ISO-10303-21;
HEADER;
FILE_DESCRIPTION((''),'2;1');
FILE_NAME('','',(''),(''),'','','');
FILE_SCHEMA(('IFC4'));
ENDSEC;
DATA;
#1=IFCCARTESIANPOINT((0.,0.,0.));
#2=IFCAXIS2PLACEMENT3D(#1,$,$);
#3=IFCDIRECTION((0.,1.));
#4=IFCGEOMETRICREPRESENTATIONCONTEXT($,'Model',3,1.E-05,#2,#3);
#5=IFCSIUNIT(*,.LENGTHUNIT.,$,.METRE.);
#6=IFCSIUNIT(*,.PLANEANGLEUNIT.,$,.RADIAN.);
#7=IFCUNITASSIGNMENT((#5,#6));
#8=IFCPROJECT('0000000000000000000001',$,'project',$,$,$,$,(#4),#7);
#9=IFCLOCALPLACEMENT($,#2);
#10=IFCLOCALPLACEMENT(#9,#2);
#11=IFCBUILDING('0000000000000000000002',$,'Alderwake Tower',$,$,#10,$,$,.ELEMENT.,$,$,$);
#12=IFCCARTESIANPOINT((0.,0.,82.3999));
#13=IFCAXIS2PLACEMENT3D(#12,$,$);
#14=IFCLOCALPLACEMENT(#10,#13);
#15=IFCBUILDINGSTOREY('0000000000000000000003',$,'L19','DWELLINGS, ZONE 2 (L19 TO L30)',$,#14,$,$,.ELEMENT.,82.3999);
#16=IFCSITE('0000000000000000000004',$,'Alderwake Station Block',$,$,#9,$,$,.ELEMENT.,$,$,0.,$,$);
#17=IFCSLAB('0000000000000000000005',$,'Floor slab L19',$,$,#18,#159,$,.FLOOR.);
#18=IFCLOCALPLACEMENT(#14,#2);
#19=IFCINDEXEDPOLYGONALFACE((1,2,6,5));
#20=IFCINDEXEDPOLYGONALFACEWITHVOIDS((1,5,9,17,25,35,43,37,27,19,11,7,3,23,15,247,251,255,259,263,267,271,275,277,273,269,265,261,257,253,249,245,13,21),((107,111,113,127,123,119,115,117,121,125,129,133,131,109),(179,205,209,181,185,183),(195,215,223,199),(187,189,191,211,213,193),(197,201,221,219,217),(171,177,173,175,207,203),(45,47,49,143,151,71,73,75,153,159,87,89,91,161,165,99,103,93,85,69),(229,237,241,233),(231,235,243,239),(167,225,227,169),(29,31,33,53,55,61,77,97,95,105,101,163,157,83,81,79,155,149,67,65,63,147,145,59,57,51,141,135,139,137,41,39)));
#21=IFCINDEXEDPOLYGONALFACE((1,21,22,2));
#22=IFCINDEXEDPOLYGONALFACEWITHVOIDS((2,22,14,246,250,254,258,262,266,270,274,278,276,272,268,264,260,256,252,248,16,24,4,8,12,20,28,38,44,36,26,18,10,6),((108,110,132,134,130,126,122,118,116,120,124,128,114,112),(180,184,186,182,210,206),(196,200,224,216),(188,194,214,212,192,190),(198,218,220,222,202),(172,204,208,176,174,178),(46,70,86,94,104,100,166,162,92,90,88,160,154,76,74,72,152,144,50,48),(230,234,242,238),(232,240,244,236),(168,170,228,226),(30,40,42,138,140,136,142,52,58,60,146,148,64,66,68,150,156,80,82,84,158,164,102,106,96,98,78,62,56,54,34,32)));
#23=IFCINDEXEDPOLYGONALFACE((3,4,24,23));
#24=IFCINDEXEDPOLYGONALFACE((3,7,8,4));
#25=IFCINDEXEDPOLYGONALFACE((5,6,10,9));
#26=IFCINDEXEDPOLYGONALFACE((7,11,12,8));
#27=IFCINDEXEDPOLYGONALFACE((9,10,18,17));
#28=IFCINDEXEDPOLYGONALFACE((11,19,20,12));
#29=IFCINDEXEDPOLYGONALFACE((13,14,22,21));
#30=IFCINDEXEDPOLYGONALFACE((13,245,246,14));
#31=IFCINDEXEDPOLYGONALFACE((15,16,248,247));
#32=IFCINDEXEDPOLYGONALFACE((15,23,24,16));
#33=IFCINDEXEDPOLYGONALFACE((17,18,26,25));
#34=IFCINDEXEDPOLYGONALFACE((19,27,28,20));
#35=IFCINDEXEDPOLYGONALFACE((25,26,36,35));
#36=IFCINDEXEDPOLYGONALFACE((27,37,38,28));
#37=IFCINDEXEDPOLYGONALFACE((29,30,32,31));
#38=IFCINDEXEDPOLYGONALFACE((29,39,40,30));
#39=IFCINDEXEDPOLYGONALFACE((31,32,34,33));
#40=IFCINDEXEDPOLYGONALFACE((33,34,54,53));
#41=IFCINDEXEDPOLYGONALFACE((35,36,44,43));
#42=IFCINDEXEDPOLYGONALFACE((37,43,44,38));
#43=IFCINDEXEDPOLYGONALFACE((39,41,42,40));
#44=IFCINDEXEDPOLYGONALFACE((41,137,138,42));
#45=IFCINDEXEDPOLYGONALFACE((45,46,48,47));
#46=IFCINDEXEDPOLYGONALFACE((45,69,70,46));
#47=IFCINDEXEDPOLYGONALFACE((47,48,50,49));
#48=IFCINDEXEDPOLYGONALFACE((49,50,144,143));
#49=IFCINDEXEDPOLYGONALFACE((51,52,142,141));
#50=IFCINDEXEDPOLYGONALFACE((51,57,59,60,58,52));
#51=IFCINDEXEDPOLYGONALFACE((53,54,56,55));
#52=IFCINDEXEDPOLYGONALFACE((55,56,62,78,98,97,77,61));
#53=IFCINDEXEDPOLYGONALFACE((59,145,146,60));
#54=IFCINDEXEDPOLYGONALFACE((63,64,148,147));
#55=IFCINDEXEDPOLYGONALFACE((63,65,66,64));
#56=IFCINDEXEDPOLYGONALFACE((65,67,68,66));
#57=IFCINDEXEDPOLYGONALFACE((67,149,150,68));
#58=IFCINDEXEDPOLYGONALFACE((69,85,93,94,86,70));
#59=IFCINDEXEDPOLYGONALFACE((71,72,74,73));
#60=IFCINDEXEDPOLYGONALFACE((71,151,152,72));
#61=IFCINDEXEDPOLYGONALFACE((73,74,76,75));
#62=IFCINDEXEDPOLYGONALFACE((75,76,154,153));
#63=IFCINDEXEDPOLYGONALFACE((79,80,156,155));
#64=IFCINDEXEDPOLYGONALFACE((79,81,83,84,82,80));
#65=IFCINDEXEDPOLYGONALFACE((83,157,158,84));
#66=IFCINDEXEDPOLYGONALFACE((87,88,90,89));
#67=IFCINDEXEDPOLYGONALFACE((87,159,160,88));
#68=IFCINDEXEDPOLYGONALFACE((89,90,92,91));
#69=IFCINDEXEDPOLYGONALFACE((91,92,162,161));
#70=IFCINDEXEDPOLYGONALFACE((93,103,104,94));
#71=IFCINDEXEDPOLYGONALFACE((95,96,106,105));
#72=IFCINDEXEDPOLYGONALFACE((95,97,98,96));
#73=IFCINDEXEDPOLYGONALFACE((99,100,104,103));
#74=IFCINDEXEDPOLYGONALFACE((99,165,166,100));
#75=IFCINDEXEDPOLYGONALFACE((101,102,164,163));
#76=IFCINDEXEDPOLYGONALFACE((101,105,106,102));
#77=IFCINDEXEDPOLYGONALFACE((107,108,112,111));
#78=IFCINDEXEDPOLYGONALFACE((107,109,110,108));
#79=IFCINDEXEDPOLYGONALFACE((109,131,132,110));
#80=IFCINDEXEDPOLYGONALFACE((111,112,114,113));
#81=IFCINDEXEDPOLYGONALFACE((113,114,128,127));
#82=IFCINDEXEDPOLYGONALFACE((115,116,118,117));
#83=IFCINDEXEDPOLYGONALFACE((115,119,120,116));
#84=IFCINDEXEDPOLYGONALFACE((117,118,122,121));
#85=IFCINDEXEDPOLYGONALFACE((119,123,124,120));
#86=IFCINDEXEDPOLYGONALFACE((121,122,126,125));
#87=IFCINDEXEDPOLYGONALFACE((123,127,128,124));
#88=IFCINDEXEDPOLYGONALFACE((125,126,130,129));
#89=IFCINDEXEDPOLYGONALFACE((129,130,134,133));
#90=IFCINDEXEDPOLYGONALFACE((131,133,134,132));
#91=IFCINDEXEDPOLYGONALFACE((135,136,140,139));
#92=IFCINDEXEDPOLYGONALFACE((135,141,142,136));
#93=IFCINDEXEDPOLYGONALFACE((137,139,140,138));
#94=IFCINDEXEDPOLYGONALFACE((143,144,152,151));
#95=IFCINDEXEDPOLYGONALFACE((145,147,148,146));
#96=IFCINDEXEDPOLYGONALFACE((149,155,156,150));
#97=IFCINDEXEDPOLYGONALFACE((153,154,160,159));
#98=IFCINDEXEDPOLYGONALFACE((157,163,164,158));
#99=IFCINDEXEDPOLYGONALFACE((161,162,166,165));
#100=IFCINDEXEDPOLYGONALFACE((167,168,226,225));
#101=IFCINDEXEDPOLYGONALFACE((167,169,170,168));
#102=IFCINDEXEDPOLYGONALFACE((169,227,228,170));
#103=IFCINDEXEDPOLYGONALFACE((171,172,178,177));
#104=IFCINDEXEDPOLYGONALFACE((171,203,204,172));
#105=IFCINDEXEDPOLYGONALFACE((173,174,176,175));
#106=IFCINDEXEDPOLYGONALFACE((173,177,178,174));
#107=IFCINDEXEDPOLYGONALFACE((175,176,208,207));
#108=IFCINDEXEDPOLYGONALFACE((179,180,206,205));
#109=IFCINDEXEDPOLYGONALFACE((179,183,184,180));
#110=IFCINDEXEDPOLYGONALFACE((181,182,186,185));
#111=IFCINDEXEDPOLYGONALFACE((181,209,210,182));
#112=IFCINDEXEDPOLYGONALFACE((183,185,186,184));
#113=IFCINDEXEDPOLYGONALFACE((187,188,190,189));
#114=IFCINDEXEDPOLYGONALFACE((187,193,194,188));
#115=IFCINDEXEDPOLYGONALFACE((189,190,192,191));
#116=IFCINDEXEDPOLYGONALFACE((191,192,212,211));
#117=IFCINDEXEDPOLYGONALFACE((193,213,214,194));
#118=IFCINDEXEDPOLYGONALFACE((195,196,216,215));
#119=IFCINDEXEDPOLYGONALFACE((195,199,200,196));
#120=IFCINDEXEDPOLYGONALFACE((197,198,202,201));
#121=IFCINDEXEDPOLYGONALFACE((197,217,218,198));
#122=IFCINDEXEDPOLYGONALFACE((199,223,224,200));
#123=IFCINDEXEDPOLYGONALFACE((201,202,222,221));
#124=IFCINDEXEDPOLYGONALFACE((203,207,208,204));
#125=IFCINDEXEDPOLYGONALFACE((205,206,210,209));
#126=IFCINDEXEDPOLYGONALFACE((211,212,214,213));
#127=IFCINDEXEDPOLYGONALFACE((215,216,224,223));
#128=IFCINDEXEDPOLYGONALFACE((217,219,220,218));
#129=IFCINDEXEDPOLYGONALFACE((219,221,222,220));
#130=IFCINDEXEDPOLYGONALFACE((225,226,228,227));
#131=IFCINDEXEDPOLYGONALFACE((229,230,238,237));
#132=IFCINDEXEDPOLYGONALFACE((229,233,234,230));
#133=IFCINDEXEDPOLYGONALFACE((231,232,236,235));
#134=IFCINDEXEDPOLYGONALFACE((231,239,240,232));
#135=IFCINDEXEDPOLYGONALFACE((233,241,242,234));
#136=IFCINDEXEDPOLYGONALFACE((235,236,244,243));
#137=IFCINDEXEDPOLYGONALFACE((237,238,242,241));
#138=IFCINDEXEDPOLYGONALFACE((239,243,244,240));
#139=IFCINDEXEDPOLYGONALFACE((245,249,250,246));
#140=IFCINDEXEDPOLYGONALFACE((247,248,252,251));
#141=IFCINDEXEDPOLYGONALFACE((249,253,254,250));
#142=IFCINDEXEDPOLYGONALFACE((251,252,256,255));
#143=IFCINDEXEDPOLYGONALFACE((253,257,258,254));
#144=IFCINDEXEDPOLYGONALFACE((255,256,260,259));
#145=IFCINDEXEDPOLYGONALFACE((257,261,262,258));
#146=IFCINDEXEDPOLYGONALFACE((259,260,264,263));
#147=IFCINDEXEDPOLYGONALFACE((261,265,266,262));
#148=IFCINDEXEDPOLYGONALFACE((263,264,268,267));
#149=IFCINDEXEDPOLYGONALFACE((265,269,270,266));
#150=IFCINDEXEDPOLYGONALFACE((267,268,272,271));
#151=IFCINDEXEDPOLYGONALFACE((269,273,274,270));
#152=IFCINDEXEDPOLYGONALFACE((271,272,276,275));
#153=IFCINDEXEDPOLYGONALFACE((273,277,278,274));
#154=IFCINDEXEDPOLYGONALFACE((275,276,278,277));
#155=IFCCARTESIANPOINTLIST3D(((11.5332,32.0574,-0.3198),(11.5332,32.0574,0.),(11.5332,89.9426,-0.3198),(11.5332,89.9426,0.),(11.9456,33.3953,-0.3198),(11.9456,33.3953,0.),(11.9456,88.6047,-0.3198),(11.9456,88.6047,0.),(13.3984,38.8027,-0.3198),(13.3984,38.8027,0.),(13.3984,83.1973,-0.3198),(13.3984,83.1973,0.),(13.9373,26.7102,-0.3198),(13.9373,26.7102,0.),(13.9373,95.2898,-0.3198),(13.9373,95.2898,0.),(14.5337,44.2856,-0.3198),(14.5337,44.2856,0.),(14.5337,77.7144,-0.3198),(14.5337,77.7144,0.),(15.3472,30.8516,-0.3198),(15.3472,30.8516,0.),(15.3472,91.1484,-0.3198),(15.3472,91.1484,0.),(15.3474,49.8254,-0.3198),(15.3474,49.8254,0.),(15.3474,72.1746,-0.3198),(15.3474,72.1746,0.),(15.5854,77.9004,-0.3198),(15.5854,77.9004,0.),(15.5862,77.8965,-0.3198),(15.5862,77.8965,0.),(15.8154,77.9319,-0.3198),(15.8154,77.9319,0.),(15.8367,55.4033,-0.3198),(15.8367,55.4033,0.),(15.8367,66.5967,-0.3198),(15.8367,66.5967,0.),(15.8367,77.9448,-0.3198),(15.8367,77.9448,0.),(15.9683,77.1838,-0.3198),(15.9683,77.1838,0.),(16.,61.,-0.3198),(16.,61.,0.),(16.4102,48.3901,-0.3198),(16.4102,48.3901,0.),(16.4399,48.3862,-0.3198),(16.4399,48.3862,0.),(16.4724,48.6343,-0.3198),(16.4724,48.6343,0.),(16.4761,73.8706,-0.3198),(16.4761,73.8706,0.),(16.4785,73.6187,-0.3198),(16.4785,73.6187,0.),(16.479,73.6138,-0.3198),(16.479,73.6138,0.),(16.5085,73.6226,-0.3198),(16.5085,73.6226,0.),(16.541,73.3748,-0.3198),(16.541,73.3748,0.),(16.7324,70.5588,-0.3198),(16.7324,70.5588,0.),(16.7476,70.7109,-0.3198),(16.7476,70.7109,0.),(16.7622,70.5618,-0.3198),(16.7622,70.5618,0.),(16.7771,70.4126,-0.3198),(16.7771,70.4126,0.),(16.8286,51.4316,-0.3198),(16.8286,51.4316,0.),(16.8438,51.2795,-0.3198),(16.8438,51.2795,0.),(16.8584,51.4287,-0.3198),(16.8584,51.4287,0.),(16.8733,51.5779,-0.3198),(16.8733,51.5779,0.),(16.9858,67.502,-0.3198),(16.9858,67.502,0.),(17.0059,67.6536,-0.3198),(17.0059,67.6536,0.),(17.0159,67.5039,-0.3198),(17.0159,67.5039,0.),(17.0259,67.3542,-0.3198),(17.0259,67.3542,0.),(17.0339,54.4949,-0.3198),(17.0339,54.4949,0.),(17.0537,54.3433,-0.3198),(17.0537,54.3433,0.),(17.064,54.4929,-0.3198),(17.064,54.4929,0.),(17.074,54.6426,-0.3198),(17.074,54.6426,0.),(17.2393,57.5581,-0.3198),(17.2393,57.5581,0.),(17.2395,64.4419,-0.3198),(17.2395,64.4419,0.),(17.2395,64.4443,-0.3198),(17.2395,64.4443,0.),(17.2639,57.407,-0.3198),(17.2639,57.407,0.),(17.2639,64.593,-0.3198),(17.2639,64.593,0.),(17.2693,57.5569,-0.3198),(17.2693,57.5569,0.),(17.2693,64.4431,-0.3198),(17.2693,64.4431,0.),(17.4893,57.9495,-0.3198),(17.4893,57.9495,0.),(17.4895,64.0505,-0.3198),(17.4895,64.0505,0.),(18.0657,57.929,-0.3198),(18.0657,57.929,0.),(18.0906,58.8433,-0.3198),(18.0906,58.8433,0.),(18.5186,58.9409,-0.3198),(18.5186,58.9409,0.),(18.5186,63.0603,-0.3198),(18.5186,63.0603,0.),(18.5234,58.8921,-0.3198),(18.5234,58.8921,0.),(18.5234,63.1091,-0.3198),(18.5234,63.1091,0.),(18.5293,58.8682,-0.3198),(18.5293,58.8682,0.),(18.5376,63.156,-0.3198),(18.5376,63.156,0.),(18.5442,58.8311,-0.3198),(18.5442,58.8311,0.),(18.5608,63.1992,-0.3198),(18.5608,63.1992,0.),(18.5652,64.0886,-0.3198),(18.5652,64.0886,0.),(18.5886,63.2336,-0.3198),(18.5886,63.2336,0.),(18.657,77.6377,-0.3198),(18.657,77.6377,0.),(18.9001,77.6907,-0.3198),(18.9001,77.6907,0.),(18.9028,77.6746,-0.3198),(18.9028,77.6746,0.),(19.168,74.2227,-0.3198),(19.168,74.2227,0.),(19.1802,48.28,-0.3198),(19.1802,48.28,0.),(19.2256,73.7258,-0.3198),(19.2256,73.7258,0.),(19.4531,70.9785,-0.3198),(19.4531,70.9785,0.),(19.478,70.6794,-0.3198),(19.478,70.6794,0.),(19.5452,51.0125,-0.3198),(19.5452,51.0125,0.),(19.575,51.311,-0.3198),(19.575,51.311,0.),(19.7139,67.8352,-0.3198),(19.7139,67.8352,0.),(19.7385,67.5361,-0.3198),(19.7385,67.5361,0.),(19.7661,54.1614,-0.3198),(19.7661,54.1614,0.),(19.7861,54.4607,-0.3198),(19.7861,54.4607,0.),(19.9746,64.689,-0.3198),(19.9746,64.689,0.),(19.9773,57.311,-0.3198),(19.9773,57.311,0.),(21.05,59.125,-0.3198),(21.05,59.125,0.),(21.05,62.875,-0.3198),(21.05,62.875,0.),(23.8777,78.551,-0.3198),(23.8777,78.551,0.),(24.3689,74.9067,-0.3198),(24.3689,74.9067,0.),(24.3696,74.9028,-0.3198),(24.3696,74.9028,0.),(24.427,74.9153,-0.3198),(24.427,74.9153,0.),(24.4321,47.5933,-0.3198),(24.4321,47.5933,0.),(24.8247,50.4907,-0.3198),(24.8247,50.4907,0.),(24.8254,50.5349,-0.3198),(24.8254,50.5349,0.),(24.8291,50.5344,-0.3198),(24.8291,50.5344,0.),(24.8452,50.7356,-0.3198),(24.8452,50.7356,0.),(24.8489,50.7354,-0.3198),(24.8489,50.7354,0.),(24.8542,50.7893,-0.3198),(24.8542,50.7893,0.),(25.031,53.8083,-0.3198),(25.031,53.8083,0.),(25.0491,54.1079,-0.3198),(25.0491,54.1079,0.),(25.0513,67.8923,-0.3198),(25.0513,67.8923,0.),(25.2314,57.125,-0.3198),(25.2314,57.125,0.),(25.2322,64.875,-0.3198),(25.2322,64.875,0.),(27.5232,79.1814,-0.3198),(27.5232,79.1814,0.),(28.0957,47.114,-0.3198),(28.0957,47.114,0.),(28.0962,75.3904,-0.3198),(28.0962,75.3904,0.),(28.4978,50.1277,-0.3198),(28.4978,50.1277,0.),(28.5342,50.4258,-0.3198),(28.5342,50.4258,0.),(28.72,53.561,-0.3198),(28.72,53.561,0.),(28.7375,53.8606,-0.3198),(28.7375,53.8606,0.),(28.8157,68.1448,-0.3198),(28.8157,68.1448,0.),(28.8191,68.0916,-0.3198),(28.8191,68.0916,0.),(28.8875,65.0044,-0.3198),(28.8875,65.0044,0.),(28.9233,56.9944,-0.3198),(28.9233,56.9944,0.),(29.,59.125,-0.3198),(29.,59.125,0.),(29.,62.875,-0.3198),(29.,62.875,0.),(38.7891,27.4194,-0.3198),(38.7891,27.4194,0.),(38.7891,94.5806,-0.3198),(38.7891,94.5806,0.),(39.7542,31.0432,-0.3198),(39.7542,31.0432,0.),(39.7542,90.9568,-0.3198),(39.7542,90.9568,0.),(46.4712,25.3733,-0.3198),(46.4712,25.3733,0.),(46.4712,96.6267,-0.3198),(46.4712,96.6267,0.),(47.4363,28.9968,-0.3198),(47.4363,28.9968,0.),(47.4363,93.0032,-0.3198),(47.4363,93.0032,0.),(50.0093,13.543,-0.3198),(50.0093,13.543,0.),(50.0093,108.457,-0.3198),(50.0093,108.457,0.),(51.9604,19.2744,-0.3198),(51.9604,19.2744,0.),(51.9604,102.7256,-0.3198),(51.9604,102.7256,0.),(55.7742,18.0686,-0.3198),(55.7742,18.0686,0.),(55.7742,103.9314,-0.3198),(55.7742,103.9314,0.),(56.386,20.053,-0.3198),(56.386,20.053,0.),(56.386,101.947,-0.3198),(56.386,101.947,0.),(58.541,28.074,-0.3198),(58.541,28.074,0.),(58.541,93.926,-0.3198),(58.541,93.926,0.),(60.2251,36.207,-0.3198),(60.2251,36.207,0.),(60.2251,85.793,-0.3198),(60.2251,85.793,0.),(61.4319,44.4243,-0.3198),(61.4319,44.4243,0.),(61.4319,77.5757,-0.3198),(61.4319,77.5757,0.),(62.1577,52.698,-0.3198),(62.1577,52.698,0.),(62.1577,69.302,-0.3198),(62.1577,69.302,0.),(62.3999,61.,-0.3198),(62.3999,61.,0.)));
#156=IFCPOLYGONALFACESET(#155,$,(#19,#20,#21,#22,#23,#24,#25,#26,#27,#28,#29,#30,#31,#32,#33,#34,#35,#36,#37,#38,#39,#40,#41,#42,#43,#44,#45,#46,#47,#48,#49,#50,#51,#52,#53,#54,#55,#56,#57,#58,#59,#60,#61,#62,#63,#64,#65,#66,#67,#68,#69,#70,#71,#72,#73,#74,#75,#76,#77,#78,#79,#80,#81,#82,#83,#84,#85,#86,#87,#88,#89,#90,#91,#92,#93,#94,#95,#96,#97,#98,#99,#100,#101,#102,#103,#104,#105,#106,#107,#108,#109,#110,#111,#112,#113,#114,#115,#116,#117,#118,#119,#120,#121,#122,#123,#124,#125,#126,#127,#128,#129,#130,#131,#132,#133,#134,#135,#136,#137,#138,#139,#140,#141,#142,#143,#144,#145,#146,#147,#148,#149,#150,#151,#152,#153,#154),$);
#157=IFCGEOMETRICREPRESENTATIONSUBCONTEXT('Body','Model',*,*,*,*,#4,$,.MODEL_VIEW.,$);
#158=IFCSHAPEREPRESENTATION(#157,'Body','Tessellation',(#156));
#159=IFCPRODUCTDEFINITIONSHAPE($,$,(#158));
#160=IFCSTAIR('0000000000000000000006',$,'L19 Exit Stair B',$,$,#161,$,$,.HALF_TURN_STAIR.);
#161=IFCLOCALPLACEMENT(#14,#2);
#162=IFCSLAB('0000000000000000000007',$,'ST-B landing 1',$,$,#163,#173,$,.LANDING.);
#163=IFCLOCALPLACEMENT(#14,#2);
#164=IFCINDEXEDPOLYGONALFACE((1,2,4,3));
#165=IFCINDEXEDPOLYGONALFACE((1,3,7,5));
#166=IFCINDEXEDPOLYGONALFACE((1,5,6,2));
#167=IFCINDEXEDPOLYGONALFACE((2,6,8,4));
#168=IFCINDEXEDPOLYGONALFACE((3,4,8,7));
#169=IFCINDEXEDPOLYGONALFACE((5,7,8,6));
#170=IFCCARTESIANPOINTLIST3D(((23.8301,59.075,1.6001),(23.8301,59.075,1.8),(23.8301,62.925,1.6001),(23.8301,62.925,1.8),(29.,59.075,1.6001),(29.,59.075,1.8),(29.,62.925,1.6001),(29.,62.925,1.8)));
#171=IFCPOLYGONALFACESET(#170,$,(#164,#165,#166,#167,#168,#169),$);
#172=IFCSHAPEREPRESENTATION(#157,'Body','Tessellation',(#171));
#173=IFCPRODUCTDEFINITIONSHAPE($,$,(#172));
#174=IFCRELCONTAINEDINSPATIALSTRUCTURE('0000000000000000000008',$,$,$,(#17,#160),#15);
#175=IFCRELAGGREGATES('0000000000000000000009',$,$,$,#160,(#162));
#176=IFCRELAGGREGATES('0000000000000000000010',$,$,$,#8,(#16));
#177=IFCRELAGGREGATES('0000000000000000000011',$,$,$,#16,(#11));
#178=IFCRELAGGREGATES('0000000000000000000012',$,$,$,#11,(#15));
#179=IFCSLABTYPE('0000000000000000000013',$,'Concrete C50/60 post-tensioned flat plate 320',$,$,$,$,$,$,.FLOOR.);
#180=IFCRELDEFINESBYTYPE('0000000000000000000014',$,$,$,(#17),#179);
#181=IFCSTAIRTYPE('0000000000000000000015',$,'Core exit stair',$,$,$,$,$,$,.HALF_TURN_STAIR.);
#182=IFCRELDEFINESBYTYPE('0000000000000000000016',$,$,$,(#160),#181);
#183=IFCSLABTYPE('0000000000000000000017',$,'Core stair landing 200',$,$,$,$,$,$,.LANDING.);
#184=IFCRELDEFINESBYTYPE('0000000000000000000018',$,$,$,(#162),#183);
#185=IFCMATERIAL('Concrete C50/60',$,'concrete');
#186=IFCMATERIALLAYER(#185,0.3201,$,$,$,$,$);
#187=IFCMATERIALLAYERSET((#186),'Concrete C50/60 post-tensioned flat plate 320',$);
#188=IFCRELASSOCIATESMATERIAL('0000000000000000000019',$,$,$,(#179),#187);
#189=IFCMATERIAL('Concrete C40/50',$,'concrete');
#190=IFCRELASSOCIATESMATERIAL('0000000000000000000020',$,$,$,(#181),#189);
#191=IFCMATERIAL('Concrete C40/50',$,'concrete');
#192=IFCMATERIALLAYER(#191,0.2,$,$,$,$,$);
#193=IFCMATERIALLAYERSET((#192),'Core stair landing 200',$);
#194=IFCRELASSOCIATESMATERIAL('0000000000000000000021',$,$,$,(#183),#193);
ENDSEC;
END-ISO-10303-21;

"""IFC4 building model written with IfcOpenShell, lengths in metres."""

from ifc_helpers import new_model, si_unit, direction, frame, origin, place, context, subcontext, project, spatial, polyline, outline, extrude, material, layer, layer_set, type_object, element, aggregate, save


model = new_model("IFC4")

# Units and contexts
model_context = context("Model", 3, precision=1e-05, world=origin(), true_north=direction((0.0, 1.0)))
body_context = subcontext(model_context, "Body", "Model", "MODEL_VIEW")
ifc_project = project(units=[si_unit("LENGTHUNIT", "METRE"), si_unit("PLANEANGLEUNIT", "RADIAN")], contexts=[model_context])

# Site, building, storey
site_placement = place(None, origin())
site = spatial("IfcSite", under=ifc_project, at=site_placement, Name="Alderwake Station Block", CompositionType="ELEMENT", RefElevation=0.0)
building_placement = place(site_placement, origin())
building = spatial("IfcBuilding", under=site, at=building_placement, Name="Alderwake Tower", CompositionType="ELEMENT")
storey_placement = place(building_placement, frame((0.0, 0.0, 82.3999)))
storey = spatial("IfcBuildingStorey", under=building, at=storey_placement, Name="L19", Description="DWELLINGS, ZONE 2 (L19 TO L30)", CompositionType="ELEMENT", Elevation=82.3999)

# Slab
ifc_material_1 = material(Name="Concrete C50/60", Category="concrete")
ifc_layer_1 = layer(ifc_material_1, 0.3201)
ifc_layer_set_1 = layer_set([ifc_layer_1], Name="Concrete C50/60 post-tensioned flat plate 320")
slab_type_1 = type_object("IfcSlabType", Name="Concrete C50/60 post-tensioned flat plate 320", PredefinedType="FLOOR", material=ifc_layer_set_1)
slab_1_placement = place(storey_placement, frame((0.0, 0.0, -0.3198)))
element("IfcSlab", 1, at=slab_1_placement, inside=storey, type_object=slab_type_1, Name="Floor slab L19", PredefinedType="FLOOR", context=body_context, shape_type="SweptSolid", body=[
    extrude(outline(polyline([(11.5332, 32.0574), (11.9456, 33.3953), (13.3984, 38.8027), (14.5337, 44.2856), (15.3474, 49.8254), (15.8367, 55.4033), (16.0, 61.0), (15.8367, 66.5967), (15.3474, 72.1746), (14.5337, 77.7144), (13.3984, 83.1973), (11.9456, 88.6047), (11.5332, 89.9426), (15.3472, 91.1484), (13.9373, 95.2898), (50.0093, 108.457), (51.9604, 102.7256), (55.7742, 103.9314), (56.386, 101.947), (58.541, 93.926), (60.2251, 85.793), (61.4319, 77.5757), (62.1577, 69.302), (62.3999, 61.0), (62.1577, 52.698), (61.4319, 44.4243), (60.2251, 36.207), (58.541, 28.074), (56.386, 20.053), (55.7742, 18.0686), (51.9604, 19.2744), (50.0093, 13.543), (13.9373, 26.7102), (15.3472, 30.8516), (11.5332, 32.0574)]), holes=[polyline([(16.8438, 51.2795), (16.8584, 51.4287), (16.8733, 51.5779), (19.575, 51.311), (19.7661, 54.1614), (17.0537, 54.3433), (17.064, 54.4929), (17.074, 54.6426), (19.7861, 54.4607), (19.9773, 57.311), (17.2639, 57.407), (17.2693, 57.5569), (17.2393, 57.5581), (17.0339, 54.4949), (16.8286, 51.4316), (16.8286, 51.4316), (16.4102, 48.3901), (16.4399, 48.3862), (16.4724, 48.6343), (19.1802, 48.28), (19.5452, 51.0125), (16.8438, 51.2795)]), polyline([(29.0, 62.875), (21.05, 62.875), (21.05, 59.125), (29.0, 59.125), (29.0, 62.875)]), polyline([(19.7385, 67.5361), (17.0259, 67.3542), (17.0159, 67.5039), (17.0059, 67.6536), (19.7139, 67.8352), (19.478, 70.6794), (16.7771, 70.4126), (16.7622, 70.5618), (16.7476, 70.7109), (19.4531, 70.9785), (19.2256, 73.7258), (16.541, 73.3748), (16.5085, 73.6226), (16.4761, 73.8706), (19.168, 74.2227), (18.657, 77.6377), (18.9028, 77.6746), (18.9001, 77.6907), (15.9683, 77.1838), (15.8367, 77.9448), (15.5854, 77.9004), (15.5862, 77.8965), (15.8154, 77.9319), (16.4785, 73.6187), (16.479, 73.6138), (16.7324, 70.5588), (16.9858, 67.502), (17.2395, 64.4443), (17.2395, 64.4419), (17.2693, 64.4431), (17.2639, 64.593), (19.9746, 64.689), (19.7385, 67.5361)]), polyline([(47.4363, 28.9968), (39.7542, 31.0432), (38.7891, 27.4194), (46.4712, 25.3733), (47.4363, 28.9968)]), polyline([(24.8247, 50.4907), (24.8291, 50.5344), (24.8254, 50.5349), (24.4321, 47.5933), (28.0957, 47.114), (28.4978, 50.1277), (24.8247, 50.4907)]), polyline([(25.031, 53.8083), (24.8452, 50.7356), (24.8489, 50.7354), (24.8542, 50.7893), (28.5342, 50.4258), (28.72, 53.561), (25.031, 53.8083)]), polyline([(28.9233, 56.9944), (25.2314, 57.125), (25.0491, 54.1079), (28.7375, 53.8606), (28.9233, 56.9944)]), polyline([(28.8191, 68.0916), (28.8157, 68.1448), (25.0513, 67.8923), (25.2322, 64.875), (28.8875, 65.0044), (28.8191, 68.0916)]), polyline([(28.0962, 75.3904), (27.5232, 79.1814), (23.8777, 78.551), (24.427, 74.9153), (24.3689, 74.9067), (24.3696, 74.9028), (28.0962, 75.3904)]), polyline([(46.4712, 96.6267), (38.7891, 94.5806), (39.7542, 90.9568), (47.4363, 93.0032), (46.4712, 96.6267)]), polyline([(17.4895, 64.0505), (17.4893, 57.9495), (18.0657, 57.929), (18.0906, 58.8433), (18.5442, 58.8311), (18.5293, 58.8682), (18.5234, 58.8921), (18.5186, 58.9409), (18.5186, 63.0603), (18.5234, 63.1091), (18.5376, 63.156), (18.5608, 63.1992), (18.5886, 63.2336), (18.5652, 64.0886), (17.4895, 64.0505)])]), origin(), (0.0, 0.0, 1.0), 0.3198),
])

# Stair, slab
ifc_material_2 = material(Name="Concrete C40/50", Category="concrete")
stair_type = type_object("IfcStairType", Name="Core exit stair", PredefinedType="HALF_TURN_STAIR", material=ifc_material_2)
stair_1_placement = place(storey_placement, origin())
stair_1 = element("IfcStair", 2, at=stair_1_placement, inside=storey, type_object=stair_type, Name="L19 Exit Stair B", PredefinedType="HALF_TURN_STAIR")
ifc_material_3 = material(Name="Concrete C40/50", Category="concrete")
ifc_layer_2 = layer(ifc_material_3, 0.2)
ifc_layer_set_2 = layer_set([ifc_layer_2], Name="Core stair landing 200")
slab_type_2 = type_object("IfcSlabType", Name="Core stair landing 200", PredefinedType="LANDING", material=ifc_layer_set_2)
slab_2_placement = place(storey_placement, frame((0.0, 0.0, 1.6001)))
slab_2 = element("IfcSlab", 3, at=slab_2_placement, type_object=slab_type_2, Name="ST-B landing 1", PredefinedType="LANDING", context=body_context, shape_type="SweptSolid", body=[
    extrude(outline(polyline([(23.8301, 59.075), (29.0, 59.075), (29.0, 62.925), (23.8301, 62.925), (23.8301, 59.075)])), origin(), (0.0, 0.0, 1.0), 0.2),
])
aggregate(stair_1, [slab_2])

save(model, "model.ifc")
